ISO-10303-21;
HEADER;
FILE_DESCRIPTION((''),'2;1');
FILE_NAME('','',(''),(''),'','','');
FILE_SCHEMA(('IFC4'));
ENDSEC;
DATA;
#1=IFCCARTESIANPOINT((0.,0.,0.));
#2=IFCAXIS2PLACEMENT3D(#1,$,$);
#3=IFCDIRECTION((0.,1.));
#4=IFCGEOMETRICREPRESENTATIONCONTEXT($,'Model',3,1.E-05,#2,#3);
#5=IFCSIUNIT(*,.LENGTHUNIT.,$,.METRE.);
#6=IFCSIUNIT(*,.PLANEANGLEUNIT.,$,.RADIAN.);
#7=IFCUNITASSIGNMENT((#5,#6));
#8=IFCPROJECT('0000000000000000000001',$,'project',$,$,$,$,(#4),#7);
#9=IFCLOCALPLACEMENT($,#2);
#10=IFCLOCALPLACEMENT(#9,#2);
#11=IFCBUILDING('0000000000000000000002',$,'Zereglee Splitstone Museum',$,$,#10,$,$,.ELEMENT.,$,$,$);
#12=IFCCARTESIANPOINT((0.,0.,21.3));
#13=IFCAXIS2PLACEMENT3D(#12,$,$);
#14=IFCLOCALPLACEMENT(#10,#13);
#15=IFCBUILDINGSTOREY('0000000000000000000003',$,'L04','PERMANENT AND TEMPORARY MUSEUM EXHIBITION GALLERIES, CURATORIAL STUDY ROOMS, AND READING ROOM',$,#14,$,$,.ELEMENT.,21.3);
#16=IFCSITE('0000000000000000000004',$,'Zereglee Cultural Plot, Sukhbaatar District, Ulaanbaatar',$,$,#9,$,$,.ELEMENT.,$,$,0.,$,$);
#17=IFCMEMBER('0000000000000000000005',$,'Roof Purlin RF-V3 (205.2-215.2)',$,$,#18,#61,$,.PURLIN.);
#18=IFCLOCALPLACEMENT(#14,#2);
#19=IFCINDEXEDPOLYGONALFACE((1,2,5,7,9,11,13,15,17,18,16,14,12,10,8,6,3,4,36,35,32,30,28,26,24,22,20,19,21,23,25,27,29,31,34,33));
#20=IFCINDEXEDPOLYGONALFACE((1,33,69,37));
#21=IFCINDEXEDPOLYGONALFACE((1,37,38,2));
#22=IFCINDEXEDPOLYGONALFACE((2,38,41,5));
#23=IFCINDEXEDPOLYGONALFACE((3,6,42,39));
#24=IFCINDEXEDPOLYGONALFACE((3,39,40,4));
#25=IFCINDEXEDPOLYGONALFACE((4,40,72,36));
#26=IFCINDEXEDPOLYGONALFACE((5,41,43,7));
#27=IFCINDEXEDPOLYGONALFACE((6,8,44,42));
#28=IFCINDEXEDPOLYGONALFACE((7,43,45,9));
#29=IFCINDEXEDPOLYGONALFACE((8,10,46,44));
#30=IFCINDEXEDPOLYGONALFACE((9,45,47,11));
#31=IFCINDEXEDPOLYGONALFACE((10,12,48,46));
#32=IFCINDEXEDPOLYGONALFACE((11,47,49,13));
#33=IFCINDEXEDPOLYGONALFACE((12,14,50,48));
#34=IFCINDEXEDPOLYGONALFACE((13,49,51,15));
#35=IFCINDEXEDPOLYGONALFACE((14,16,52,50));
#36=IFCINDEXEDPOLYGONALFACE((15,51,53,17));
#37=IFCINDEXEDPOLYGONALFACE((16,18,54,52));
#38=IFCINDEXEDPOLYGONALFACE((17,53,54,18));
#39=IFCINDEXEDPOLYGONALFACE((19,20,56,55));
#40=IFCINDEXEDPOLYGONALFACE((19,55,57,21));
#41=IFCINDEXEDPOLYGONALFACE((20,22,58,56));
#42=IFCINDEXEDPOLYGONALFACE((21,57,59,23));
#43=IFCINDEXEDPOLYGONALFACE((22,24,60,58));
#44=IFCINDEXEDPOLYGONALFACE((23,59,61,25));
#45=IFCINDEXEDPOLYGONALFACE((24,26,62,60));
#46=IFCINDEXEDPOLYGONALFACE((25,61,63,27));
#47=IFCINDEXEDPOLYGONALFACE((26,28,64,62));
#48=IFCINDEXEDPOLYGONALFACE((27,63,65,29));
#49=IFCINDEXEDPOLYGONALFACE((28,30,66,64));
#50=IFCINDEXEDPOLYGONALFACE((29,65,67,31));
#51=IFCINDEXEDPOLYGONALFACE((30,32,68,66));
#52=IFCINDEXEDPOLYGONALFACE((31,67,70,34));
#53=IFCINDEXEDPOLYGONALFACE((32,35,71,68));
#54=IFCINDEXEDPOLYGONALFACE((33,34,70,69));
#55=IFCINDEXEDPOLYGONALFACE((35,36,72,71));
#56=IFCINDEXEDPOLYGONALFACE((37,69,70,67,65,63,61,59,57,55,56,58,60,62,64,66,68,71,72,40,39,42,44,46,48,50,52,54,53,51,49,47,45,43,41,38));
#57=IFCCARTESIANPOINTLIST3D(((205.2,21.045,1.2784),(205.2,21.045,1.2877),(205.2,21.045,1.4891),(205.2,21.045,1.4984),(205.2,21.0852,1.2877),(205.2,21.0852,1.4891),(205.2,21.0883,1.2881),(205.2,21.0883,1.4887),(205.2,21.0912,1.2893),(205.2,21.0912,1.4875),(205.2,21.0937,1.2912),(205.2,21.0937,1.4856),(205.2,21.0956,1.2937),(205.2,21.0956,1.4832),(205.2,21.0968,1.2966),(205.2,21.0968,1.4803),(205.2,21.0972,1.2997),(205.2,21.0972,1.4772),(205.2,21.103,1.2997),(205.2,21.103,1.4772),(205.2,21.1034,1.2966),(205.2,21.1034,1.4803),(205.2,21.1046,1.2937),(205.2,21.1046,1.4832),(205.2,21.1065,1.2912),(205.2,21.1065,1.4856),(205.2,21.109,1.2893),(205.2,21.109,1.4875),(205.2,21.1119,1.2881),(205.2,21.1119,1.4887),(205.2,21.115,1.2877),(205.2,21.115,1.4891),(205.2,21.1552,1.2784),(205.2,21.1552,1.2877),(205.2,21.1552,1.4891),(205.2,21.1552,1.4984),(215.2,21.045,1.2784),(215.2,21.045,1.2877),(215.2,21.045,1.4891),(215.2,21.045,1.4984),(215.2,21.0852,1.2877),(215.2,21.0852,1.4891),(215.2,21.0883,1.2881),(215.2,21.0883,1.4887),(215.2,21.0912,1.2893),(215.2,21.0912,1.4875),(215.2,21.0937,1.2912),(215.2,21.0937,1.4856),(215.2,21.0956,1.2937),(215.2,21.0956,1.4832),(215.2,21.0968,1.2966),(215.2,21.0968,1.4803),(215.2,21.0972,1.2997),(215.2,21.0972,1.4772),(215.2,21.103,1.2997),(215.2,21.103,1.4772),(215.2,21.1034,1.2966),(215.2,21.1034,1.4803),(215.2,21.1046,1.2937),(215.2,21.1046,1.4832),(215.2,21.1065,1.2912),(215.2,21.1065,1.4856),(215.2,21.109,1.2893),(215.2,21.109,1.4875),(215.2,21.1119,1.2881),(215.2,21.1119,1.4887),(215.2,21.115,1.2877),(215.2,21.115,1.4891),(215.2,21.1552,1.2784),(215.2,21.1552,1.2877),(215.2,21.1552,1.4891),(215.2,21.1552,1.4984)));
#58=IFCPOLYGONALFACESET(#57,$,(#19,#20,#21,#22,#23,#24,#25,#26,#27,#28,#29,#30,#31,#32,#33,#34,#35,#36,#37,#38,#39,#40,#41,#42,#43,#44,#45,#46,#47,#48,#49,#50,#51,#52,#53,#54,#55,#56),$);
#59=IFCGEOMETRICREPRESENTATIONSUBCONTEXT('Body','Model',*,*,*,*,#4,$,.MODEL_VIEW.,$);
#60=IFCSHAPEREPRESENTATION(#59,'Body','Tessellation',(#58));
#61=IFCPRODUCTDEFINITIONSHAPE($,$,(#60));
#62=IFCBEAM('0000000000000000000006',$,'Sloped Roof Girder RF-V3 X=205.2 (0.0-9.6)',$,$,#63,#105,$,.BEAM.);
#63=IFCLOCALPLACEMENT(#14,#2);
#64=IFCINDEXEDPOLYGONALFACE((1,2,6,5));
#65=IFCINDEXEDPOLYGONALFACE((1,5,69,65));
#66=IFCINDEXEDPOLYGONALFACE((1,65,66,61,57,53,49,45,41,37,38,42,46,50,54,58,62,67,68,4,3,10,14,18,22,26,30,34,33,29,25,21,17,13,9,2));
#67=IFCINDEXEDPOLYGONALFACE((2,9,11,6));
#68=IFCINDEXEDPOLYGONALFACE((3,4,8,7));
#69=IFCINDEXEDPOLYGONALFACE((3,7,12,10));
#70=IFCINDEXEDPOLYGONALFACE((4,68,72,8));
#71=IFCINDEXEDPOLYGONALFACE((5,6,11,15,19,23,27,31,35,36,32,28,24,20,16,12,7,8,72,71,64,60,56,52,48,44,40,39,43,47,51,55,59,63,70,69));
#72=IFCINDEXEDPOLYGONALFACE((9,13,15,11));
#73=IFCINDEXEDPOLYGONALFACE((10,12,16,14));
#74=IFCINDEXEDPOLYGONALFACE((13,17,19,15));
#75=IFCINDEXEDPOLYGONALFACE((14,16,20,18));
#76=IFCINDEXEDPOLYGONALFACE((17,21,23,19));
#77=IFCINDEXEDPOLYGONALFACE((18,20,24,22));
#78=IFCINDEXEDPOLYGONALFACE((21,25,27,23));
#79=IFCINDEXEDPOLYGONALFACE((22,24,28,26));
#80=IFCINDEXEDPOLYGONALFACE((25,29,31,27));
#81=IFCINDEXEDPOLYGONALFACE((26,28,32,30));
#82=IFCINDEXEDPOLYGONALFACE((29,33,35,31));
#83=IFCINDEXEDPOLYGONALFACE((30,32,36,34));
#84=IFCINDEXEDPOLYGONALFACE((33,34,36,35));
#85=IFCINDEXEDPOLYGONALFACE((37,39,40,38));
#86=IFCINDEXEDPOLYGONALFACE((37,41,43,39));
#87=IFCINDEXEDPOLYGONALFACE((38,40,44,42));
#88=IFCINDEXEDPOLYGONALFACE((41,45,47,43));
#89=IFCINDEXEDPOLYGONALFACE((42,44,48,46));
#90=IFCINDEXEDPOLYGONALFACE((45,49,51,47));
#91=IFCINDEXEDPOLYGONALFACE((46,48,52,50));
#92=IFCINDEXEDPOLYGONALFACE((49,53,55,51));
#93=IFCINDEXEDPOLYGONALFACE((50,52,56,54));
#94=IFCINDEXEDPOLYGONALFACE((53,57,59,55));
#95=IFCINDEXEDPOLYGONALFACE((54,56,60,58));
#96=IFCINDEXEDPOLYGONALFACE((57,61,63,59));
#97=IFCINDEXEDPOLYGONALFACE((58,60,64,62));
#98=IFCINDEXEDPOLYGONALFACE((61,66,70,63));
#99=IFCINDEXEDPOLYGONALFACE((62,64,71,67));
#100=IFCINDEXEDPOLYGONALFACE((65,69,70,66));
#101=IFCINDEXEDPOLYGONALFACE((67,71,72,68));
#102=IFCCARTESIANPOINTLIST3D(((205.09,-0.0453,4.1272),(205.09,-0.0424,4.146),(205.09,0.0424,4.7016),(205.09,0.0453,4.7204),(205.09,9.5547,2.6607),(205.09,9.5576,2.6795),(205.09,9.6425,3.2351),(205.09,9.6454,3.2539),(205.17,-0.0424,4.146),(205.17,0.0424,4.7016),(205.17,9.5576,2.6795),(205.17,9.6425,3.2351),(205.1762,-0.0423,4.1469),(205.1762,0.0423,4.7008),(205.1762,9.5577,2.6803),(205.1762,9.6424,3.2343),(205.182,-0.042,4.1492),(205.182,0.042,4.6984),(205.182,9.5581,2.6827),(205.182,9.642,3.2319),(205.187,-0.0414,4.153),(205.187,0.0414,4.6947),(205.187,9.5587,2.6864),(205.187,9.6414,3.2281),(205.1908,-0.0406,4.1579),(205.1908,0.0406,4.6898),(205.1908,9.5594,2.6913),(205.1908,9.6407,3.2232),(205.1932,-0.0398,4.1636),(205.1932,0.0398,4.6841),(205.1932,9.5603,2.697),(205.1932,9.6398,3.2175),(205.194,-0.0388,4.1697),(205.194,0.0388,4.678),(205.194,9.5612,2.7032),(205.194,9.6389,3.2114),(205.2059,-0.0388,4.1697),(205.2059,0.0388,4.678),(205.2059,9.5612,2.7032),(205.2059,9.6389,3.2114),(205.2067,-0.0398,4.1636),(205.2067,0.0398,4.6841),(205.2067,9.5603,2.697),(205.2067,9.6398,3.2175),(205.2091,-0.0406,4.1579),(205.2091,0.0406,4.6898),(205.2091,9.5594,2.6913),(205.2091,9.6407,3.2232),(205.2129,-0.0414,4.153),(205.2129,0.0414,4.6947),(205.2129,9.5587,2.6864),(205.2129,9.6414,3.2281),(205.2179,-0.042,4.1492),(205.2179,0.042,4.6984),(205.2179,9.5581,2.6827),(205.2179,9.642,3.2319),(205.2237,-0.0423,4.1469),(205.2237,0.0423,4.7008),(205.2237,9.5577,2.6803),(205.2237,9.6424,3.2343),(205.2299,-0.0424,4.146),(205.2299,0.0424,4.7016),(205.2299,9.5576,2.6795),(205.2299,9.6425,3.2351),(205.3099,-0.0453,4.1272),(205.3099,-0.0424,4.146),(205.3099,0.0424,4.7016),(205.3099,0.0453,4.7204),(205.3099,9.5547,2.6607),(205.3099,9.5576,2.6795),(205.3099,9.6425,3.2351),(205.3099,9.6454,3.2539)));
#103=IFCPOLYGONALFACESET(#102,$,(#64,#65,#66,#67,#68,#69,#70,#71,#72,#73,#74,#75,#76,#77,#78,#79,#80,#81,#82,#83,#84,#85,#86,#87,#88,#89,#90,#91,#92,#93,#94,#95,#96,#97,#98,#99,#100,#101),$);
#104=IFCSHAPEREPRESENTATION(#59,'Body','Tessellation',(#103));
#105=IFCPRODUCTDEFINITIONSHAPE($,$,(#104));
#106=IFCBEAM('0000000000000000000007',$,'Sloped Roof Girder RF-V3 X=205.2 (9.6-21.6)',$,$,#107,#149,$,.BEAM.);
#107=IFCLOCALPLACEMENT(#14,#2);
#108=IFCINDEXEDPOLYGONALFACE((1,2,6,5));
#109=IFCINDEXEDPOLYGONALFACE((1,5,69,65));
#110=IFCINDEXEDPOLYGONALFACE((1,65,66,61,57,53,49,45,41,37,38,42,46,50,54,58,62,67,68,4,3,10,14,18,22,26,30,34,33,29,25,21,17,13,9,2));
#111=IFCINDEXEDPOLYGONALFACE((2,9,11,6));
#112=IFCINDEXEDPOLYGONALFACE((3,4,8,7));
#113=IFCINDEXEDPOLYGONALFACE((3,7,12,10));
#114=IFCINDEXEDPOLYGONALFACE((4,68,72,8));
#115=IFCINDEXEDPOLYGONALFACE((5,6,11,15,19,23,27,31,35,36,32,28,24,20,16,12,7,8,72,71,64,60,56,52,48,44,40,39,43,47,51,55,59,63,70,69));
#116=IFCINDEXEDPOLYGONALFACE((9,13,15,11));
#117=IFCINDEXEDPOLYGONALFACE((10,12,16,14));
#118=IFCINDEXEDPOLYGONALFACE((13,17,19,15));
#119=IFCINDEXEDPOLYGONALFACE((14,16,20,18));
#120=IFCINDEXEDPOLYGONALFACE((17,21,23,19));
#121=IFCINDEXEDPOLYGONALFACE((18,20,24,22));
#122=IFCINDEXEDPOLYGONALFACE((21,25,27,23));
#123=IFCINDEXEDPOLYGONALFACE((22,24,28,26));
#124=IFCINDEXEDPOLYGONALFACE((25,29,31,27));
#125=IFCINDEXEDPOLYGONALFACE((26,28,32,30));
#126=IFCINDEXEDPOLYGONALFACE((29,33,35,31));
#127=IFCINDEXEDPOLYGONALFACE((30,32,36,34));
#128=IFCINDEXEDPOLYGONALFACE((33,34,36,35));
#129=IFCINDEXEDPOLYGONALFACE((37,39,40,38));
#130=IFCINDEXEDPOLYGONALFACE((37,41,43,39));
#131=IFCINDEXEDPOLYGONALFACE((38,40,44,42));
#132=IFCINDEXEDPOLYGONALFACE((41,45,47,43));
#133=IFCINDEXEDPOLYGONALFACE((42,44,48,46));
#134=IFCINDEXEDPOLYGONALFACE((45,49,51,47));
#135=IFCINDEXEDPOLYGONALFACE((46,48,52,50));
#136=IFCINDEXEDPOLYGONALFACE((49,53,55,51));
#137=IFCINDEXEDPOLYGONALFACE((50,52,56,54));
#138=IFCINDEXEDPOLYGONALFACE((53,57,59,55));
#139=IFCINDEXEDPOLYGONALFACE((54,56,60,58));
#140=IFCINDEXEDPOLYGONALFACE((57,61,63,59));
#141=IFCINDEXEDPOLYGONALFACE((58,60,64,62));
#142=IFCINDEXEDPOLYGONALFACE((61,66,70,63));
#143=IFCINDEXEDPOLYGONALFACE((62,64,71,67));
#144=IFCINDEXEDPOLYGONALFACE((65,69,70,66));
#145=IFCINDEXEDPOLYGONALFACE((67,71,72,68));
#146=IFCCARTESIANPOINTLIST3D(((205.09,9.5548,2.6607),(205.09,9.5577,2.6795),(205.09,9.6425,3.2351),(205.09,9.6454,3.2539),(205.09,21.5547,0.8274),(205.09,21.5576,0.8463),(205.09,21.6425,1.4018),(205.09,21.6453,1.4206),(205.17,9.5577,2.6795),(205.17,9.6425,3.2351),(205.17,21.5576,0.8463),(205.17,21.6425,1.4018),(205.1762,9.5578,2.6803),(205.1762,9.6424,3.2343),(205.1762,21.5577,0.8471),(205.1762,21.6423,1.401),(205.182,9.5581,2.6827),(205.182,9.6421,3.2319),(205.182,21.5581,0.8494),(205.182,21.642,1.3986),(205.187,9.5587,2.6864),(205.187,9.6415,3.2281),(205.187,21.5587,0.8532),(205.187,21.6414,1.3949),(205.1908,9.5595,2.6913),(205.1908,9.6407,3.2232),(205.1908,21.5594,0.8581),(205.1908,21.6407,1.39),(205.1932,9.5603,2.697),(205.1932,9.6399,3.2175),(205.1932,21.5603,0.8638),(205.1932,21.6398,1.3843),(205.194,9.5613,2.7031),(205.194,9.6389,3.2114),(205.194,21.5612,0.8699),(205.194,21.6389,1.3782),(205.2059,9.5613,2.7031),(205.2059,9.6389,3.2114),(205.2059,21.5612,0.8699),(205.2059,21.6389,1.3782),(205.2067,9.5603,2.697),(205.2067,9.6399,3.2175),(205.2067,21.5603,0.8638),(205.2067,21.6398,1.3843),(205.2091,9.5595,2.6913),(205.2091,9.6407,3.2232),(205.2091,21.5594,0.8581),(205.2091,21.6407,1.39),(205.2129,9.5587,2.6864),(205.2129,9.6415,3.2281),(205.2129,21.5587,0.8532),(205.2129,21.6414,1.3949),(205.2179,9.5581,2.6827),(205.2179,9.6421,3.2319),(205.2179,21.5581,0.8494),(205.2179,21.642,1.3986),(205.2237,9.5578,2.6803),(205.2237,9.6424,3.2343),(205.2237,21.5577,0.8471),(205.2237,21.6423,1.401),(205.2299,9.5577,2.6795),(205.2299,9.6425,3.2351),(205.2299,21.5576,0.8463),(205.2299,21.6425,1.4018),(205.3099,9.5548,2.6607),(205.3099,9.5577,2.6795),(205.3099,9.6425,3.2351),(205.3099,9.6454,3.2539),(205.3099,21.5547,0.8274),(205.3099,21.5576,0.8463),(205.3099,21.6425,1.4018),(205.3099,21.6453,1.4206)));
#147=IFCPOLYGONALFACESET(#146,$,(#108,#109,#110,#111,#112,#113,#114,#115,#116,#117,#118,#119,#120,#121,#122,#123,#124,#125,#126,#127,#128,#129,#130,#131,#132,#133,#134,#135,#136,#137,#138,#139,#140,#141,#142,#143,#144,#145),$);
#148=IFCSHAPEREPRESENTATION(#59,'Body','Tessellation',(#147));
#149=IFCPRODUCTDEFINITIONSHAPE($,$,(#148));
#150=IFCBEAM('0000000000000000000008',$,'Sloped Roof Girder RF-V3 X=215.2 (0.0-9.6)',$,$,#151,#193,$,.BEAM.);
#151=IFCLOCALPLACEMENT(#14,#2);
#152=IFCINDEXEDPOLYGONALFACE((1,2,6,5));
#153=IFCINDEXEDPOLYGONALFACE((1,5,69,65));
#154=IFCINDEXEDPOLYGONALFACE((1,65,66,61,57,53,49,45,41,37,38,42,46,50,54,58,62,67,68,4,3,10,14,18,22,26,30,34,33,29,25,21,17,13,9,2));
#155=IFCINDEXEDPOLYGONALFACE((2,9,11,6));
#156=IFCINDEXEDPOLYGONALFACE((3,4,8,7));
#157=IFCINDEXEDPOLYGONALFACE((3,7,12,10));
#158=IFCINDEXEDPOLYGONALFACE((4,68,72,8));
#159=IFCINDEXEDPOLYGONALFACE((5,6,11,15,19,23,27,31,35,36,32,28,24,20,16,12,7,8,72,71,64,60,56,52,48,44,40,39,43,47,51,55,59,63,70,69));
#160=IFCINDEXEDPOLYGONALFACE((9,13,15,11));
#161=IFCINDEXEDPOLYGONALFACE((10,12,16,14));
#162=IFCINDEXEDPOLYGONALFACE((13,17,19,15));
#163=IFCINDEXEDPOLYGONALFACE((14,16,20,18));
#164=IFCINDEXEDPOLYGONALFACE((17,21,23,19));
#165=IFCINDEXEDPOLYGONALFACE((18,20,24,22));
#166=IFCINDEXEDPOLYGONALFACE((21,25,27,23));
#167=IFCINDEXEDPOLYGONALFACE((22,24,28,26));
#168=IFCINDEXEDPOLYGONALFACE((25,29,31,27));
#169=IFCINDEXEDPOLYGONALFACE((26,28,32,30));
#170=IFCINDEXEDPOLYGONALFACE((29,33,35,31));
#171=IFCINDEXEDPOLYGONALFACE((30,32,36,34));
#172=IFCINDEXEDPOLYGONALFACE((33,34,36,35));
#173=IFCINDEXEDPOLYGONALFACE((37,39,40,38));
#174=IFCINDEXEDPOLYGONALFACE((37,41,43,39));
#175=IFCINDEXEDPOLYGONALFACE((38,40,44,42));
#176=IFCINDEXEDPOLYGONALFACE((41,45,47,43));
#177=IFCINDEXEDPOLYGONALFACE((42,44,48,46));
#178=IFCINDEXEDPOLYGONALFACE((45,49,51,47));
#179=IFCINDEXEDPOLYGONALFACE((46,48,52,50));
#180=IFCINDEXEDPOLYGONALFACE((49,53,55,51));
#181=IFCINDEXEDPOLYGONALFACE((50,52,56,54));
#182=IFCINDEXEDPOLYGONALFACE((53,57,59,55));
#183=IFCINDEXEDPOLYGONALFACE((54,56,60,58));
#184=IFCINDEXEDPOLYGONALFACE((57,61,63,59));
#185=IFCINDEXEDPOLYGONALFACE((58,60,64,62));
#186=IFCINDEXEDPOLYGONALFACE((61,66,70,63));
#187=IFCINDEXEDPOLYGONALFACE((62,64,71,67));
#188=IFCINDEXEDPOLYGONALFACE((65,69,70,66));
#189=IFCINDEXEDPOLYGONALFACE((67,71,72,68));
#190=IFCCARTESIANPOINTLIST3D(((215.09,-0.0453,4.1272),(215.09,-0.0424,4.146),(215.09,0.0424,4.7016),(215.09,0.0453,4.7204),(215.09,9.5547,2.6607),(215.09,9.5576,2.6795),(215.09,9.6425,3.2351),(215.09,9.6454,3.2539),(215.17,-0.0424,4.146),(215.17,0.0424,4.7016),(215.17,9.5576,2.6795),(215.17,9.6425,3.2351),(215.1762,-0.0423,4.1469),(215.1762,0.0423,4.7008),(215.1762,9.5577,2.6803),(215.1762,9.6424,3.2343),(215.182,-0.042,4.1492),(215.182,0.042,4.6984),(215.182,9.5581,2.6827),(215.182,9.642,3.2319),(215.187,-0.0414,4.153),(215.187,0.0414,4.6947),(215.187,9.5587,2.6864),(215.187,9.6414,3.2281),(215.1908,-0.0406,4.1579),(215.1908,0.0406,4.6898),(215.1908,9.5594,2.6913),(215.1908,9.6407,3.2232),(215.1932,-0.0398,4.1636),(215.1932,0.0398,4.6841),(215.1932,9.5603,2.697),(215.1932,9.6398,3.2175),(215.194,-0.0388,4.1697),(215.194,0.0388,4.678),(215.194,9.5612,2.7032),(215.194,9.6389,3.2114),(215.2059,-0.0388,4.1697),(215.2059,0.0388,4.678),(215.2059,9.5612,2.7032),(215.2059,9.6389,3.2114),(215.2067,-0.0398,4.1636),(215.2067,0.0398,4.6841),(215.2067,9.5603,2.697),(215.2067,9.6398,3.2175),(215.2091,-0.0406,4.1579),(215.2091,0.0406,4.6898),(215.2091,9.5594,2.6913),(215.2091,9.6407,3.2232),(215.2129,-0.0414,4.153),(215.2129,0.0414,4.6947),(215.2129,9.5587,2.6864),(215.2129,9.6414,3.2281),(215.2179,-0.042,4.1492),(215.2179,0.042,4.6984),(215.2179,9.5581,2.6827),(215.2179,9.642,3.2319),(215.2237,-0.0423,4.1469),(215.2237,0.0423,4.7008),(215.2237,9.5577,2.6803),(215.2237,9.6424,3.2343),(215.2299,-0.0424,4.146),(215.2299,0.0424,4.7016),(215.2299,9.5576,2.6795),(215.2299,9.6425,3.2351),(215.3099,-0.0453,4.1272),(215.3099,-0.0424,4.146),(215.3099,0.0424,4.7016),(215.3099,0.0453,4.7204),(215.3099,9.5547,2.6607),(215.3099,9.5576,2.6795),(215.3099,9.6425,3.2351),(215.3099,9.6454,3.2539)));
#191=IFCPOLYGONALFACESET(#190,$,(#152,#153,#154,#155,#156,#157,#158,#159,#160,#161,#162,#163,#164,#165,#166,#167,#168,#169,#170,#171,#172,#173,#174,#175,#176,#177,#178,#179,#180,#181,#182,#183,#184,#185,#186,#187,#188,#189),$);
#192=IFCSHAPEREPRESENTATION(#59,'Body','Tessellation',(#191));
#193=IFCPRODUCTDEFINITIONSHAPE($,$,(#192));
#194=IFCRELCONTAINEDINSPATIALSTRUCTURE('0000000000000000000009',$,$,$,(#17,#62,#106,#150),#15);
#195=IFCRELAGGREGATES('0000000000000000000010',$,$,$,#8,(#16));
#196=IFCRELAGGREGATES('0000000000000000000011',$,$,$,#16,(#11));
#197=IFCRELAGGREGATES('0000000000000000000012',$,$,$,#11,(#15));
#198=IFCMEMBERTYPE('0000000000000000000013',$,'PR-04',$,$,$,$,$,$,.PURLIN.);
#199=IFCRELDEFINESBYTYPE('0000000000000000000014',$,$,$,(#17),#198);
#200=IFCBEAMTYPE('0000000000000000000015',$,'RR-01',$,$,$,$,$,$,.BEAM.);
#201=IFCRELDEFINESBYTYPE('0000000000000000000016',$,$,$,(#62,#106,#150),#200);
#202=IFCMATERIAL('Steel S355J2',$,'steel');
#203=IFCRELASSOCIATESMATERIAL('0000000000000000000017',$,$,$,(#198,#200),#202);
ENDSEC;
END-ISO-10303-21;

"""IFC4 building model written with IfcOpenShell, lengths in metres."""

from ifc_helpers import new_model, si_unit, direction, frame, origin, origin_2d, place, context, subcontext, project, spatial, i_section, extrude, material, material_profile, profile_set, type_object, element, save


model = new_model("IFC4")

# Units and contexts
model_context = context("Model", 3, precision=1e-05, world=origin(), true_north=direction((0.0, 1.0)))
body_context = subcontext(model_context, "Body", "Model", "MODEL_VIEW")
ifc_project = project(units=[si_unit("LENGTHUNIT", "METRE"), si_unit("PLANEANGLEUNIT", "RADIAN")], contexts=[model_context])

# Site, building, storey
site_placement = place(None, origin())
site = spatial("IfcSite", under=ifc_project, at=site_placement, Name="Zereglee Cultural Plot, Sukhbaatar District, Ulaanbaatar", CompositionType="ELEMENT", RefElevation=0.0)
building_placement = place(site_placement, origin())
building = spatial("IfcBuilding", under=site, at=building_placement, Name="Zereglee Splitstone Museum", CompositionType="ELEMENT")
storey_placement = place(building_placement, frame((0.0, 0.0, 21.3)))
storey = spatial("IfcBuildingStorey", under=building, at=storey_placement, Name="L04", Description="PERMANENT AND TEMPORARY MUSEUM EXHIBITION GALLERIES, CURATORIAL STUDY ROOMS, AND READING ROOM", CompositionType="ELEMENT", Elevation=21.3)

# Shared definitions
ifc_material_1 = material(Name="Steel S355J2", Category="steel")

# Member
ifc_material_profile_1 = material_profile(ifc_material_1, i_section(OverallWidth=0.1101, OverallDepth=0.22, WebThickness=0.0059, FlangeThickness=0.0093, FilletRadius=0.012, at=origin_2d()), Name="IPE 220")
ifc_profile_set_1 = profile_set([ifc_material_profile_1], Name="Steel S355J2")
member_type_1 = type_object("IfcMemberType", Name="PR-04", PredefinedType="PURLIN", material=ifc_profile_set_1)
for number, where, z_axis, x_axis, name in (
    (1, (205.2, 21.1001, 1.3884), (1.0, 0.0, 0.0), (0.0, 1.0, 0.0), "Roof Purlin RF-V3 (205.2-215.2)"),
):
    element("IfcMember", number, at=place(storey_placement, frame(where, z_axis=z_axis, x_axis=x_axis)), inside=storey, type_object=member_type_1, Name=name, PredefinedType="PURLIN", context=body_context, shape_type="SweptSolid", body=[
        extrude(i_section(OverallWidth=0.1101, OverallDepth=0.22, WebThickness=0.0059, FlangeThickness=0.0093, FilletRadius=0.012, at=origin_2d()), origin(), (0.0, 0.0, 1.0), 10.0),
    ])

# Beams
ifc_material_profile_2 = material_profile(ifc_material_1, i_section(OverallWidth=0.22, OverallDepth=0.6001, WebThickness=0.012, FlangeThickness=0.019, FilletRadius=0.0239, at=origin_2d()), Name="IPE 600")
ifc_profile_set_2 = profile_set([ifc_material_profile_2], Name="Steel S355J2")
beam_type = type_object("IfcBeamType", Name="RR-01", PredefinedType="BEAM", material=ifc_profile_set_2)
beam_1_placement = place(storey_placement, frame((205.2, 0.0, 4.4238), z_axis=(0.0, 0.988532, -0.151012), x_axis=(-1.0, 0.0, 0.0)))
element("IfcBeam", 2, at=beam_1_placement, inside=storey, type_object=beam_type, Name="Sloped Roof Girder RF-V3 X=205.2 (0.0-9.6)", PredefinedType="BEAM", context=body_context, shape_type="SweptSolid", body=[
    extrude(i_section(OverallWidth=0.22, OverallDepth=0.6001, WebThickness=0.012, FlangeThickness=0.019, FilletRadius=0.0239, at=origin_2d()), origin(), (0.0, 0.0, 1.0), 9.7114),
])
beam_2_placement = place(storey_placement, frame((205.2, 9.6001, 2.9573), z_axis=(0.0, 0.988531, -0.151019), x_axis=(-1.0, 0.0, 0.0)))
element("IfcBeam", 3, at=beam_2_placement, inside=storey, type_object=beam_type, Name="Sloped Roof Girder RF-V3 X=205.2 (9.6-21.6)", PredefinedType="BEAM", context=body_context, shape_type="SweptSolid", body=[
    extrude(i_section(OverallWidth=0.22, OverallDepth=0.6001, WebThickness=0.012, FlangeThickness=0.019, FilletRadius=0.0239, at=origin_2d()), origin(), (0.0, 0.0, 1.0), 12.1392),
])
beam_3_placement = place(storey_placement, frame((215.2, 0.0, 4.4238), z_axis=(0.0, 0.988532, -0.151012), x_axis=(-1.0, 0.0, 0.0)))
element("IfcBeam", 4, at=beam_3_placement, inside=storey, type_object=beam_type, Name="Sloped Roof Girder RF-V3 X=215.2 (0.0-9.6)", PredefinedType="BEAM", context=body_context, shape_type="SweptSolid", body=[
    extrude(i_section(OverallWidth=0.22, OverallDepth=0.6001, WebThickness=0.012, FlangeThickness=0.019, FilletRadius=0.0239, at=origin_2d()), origin(), (0.0, 0.0, 1.0), 9.7114),
])

save(model, "model.ifc")
